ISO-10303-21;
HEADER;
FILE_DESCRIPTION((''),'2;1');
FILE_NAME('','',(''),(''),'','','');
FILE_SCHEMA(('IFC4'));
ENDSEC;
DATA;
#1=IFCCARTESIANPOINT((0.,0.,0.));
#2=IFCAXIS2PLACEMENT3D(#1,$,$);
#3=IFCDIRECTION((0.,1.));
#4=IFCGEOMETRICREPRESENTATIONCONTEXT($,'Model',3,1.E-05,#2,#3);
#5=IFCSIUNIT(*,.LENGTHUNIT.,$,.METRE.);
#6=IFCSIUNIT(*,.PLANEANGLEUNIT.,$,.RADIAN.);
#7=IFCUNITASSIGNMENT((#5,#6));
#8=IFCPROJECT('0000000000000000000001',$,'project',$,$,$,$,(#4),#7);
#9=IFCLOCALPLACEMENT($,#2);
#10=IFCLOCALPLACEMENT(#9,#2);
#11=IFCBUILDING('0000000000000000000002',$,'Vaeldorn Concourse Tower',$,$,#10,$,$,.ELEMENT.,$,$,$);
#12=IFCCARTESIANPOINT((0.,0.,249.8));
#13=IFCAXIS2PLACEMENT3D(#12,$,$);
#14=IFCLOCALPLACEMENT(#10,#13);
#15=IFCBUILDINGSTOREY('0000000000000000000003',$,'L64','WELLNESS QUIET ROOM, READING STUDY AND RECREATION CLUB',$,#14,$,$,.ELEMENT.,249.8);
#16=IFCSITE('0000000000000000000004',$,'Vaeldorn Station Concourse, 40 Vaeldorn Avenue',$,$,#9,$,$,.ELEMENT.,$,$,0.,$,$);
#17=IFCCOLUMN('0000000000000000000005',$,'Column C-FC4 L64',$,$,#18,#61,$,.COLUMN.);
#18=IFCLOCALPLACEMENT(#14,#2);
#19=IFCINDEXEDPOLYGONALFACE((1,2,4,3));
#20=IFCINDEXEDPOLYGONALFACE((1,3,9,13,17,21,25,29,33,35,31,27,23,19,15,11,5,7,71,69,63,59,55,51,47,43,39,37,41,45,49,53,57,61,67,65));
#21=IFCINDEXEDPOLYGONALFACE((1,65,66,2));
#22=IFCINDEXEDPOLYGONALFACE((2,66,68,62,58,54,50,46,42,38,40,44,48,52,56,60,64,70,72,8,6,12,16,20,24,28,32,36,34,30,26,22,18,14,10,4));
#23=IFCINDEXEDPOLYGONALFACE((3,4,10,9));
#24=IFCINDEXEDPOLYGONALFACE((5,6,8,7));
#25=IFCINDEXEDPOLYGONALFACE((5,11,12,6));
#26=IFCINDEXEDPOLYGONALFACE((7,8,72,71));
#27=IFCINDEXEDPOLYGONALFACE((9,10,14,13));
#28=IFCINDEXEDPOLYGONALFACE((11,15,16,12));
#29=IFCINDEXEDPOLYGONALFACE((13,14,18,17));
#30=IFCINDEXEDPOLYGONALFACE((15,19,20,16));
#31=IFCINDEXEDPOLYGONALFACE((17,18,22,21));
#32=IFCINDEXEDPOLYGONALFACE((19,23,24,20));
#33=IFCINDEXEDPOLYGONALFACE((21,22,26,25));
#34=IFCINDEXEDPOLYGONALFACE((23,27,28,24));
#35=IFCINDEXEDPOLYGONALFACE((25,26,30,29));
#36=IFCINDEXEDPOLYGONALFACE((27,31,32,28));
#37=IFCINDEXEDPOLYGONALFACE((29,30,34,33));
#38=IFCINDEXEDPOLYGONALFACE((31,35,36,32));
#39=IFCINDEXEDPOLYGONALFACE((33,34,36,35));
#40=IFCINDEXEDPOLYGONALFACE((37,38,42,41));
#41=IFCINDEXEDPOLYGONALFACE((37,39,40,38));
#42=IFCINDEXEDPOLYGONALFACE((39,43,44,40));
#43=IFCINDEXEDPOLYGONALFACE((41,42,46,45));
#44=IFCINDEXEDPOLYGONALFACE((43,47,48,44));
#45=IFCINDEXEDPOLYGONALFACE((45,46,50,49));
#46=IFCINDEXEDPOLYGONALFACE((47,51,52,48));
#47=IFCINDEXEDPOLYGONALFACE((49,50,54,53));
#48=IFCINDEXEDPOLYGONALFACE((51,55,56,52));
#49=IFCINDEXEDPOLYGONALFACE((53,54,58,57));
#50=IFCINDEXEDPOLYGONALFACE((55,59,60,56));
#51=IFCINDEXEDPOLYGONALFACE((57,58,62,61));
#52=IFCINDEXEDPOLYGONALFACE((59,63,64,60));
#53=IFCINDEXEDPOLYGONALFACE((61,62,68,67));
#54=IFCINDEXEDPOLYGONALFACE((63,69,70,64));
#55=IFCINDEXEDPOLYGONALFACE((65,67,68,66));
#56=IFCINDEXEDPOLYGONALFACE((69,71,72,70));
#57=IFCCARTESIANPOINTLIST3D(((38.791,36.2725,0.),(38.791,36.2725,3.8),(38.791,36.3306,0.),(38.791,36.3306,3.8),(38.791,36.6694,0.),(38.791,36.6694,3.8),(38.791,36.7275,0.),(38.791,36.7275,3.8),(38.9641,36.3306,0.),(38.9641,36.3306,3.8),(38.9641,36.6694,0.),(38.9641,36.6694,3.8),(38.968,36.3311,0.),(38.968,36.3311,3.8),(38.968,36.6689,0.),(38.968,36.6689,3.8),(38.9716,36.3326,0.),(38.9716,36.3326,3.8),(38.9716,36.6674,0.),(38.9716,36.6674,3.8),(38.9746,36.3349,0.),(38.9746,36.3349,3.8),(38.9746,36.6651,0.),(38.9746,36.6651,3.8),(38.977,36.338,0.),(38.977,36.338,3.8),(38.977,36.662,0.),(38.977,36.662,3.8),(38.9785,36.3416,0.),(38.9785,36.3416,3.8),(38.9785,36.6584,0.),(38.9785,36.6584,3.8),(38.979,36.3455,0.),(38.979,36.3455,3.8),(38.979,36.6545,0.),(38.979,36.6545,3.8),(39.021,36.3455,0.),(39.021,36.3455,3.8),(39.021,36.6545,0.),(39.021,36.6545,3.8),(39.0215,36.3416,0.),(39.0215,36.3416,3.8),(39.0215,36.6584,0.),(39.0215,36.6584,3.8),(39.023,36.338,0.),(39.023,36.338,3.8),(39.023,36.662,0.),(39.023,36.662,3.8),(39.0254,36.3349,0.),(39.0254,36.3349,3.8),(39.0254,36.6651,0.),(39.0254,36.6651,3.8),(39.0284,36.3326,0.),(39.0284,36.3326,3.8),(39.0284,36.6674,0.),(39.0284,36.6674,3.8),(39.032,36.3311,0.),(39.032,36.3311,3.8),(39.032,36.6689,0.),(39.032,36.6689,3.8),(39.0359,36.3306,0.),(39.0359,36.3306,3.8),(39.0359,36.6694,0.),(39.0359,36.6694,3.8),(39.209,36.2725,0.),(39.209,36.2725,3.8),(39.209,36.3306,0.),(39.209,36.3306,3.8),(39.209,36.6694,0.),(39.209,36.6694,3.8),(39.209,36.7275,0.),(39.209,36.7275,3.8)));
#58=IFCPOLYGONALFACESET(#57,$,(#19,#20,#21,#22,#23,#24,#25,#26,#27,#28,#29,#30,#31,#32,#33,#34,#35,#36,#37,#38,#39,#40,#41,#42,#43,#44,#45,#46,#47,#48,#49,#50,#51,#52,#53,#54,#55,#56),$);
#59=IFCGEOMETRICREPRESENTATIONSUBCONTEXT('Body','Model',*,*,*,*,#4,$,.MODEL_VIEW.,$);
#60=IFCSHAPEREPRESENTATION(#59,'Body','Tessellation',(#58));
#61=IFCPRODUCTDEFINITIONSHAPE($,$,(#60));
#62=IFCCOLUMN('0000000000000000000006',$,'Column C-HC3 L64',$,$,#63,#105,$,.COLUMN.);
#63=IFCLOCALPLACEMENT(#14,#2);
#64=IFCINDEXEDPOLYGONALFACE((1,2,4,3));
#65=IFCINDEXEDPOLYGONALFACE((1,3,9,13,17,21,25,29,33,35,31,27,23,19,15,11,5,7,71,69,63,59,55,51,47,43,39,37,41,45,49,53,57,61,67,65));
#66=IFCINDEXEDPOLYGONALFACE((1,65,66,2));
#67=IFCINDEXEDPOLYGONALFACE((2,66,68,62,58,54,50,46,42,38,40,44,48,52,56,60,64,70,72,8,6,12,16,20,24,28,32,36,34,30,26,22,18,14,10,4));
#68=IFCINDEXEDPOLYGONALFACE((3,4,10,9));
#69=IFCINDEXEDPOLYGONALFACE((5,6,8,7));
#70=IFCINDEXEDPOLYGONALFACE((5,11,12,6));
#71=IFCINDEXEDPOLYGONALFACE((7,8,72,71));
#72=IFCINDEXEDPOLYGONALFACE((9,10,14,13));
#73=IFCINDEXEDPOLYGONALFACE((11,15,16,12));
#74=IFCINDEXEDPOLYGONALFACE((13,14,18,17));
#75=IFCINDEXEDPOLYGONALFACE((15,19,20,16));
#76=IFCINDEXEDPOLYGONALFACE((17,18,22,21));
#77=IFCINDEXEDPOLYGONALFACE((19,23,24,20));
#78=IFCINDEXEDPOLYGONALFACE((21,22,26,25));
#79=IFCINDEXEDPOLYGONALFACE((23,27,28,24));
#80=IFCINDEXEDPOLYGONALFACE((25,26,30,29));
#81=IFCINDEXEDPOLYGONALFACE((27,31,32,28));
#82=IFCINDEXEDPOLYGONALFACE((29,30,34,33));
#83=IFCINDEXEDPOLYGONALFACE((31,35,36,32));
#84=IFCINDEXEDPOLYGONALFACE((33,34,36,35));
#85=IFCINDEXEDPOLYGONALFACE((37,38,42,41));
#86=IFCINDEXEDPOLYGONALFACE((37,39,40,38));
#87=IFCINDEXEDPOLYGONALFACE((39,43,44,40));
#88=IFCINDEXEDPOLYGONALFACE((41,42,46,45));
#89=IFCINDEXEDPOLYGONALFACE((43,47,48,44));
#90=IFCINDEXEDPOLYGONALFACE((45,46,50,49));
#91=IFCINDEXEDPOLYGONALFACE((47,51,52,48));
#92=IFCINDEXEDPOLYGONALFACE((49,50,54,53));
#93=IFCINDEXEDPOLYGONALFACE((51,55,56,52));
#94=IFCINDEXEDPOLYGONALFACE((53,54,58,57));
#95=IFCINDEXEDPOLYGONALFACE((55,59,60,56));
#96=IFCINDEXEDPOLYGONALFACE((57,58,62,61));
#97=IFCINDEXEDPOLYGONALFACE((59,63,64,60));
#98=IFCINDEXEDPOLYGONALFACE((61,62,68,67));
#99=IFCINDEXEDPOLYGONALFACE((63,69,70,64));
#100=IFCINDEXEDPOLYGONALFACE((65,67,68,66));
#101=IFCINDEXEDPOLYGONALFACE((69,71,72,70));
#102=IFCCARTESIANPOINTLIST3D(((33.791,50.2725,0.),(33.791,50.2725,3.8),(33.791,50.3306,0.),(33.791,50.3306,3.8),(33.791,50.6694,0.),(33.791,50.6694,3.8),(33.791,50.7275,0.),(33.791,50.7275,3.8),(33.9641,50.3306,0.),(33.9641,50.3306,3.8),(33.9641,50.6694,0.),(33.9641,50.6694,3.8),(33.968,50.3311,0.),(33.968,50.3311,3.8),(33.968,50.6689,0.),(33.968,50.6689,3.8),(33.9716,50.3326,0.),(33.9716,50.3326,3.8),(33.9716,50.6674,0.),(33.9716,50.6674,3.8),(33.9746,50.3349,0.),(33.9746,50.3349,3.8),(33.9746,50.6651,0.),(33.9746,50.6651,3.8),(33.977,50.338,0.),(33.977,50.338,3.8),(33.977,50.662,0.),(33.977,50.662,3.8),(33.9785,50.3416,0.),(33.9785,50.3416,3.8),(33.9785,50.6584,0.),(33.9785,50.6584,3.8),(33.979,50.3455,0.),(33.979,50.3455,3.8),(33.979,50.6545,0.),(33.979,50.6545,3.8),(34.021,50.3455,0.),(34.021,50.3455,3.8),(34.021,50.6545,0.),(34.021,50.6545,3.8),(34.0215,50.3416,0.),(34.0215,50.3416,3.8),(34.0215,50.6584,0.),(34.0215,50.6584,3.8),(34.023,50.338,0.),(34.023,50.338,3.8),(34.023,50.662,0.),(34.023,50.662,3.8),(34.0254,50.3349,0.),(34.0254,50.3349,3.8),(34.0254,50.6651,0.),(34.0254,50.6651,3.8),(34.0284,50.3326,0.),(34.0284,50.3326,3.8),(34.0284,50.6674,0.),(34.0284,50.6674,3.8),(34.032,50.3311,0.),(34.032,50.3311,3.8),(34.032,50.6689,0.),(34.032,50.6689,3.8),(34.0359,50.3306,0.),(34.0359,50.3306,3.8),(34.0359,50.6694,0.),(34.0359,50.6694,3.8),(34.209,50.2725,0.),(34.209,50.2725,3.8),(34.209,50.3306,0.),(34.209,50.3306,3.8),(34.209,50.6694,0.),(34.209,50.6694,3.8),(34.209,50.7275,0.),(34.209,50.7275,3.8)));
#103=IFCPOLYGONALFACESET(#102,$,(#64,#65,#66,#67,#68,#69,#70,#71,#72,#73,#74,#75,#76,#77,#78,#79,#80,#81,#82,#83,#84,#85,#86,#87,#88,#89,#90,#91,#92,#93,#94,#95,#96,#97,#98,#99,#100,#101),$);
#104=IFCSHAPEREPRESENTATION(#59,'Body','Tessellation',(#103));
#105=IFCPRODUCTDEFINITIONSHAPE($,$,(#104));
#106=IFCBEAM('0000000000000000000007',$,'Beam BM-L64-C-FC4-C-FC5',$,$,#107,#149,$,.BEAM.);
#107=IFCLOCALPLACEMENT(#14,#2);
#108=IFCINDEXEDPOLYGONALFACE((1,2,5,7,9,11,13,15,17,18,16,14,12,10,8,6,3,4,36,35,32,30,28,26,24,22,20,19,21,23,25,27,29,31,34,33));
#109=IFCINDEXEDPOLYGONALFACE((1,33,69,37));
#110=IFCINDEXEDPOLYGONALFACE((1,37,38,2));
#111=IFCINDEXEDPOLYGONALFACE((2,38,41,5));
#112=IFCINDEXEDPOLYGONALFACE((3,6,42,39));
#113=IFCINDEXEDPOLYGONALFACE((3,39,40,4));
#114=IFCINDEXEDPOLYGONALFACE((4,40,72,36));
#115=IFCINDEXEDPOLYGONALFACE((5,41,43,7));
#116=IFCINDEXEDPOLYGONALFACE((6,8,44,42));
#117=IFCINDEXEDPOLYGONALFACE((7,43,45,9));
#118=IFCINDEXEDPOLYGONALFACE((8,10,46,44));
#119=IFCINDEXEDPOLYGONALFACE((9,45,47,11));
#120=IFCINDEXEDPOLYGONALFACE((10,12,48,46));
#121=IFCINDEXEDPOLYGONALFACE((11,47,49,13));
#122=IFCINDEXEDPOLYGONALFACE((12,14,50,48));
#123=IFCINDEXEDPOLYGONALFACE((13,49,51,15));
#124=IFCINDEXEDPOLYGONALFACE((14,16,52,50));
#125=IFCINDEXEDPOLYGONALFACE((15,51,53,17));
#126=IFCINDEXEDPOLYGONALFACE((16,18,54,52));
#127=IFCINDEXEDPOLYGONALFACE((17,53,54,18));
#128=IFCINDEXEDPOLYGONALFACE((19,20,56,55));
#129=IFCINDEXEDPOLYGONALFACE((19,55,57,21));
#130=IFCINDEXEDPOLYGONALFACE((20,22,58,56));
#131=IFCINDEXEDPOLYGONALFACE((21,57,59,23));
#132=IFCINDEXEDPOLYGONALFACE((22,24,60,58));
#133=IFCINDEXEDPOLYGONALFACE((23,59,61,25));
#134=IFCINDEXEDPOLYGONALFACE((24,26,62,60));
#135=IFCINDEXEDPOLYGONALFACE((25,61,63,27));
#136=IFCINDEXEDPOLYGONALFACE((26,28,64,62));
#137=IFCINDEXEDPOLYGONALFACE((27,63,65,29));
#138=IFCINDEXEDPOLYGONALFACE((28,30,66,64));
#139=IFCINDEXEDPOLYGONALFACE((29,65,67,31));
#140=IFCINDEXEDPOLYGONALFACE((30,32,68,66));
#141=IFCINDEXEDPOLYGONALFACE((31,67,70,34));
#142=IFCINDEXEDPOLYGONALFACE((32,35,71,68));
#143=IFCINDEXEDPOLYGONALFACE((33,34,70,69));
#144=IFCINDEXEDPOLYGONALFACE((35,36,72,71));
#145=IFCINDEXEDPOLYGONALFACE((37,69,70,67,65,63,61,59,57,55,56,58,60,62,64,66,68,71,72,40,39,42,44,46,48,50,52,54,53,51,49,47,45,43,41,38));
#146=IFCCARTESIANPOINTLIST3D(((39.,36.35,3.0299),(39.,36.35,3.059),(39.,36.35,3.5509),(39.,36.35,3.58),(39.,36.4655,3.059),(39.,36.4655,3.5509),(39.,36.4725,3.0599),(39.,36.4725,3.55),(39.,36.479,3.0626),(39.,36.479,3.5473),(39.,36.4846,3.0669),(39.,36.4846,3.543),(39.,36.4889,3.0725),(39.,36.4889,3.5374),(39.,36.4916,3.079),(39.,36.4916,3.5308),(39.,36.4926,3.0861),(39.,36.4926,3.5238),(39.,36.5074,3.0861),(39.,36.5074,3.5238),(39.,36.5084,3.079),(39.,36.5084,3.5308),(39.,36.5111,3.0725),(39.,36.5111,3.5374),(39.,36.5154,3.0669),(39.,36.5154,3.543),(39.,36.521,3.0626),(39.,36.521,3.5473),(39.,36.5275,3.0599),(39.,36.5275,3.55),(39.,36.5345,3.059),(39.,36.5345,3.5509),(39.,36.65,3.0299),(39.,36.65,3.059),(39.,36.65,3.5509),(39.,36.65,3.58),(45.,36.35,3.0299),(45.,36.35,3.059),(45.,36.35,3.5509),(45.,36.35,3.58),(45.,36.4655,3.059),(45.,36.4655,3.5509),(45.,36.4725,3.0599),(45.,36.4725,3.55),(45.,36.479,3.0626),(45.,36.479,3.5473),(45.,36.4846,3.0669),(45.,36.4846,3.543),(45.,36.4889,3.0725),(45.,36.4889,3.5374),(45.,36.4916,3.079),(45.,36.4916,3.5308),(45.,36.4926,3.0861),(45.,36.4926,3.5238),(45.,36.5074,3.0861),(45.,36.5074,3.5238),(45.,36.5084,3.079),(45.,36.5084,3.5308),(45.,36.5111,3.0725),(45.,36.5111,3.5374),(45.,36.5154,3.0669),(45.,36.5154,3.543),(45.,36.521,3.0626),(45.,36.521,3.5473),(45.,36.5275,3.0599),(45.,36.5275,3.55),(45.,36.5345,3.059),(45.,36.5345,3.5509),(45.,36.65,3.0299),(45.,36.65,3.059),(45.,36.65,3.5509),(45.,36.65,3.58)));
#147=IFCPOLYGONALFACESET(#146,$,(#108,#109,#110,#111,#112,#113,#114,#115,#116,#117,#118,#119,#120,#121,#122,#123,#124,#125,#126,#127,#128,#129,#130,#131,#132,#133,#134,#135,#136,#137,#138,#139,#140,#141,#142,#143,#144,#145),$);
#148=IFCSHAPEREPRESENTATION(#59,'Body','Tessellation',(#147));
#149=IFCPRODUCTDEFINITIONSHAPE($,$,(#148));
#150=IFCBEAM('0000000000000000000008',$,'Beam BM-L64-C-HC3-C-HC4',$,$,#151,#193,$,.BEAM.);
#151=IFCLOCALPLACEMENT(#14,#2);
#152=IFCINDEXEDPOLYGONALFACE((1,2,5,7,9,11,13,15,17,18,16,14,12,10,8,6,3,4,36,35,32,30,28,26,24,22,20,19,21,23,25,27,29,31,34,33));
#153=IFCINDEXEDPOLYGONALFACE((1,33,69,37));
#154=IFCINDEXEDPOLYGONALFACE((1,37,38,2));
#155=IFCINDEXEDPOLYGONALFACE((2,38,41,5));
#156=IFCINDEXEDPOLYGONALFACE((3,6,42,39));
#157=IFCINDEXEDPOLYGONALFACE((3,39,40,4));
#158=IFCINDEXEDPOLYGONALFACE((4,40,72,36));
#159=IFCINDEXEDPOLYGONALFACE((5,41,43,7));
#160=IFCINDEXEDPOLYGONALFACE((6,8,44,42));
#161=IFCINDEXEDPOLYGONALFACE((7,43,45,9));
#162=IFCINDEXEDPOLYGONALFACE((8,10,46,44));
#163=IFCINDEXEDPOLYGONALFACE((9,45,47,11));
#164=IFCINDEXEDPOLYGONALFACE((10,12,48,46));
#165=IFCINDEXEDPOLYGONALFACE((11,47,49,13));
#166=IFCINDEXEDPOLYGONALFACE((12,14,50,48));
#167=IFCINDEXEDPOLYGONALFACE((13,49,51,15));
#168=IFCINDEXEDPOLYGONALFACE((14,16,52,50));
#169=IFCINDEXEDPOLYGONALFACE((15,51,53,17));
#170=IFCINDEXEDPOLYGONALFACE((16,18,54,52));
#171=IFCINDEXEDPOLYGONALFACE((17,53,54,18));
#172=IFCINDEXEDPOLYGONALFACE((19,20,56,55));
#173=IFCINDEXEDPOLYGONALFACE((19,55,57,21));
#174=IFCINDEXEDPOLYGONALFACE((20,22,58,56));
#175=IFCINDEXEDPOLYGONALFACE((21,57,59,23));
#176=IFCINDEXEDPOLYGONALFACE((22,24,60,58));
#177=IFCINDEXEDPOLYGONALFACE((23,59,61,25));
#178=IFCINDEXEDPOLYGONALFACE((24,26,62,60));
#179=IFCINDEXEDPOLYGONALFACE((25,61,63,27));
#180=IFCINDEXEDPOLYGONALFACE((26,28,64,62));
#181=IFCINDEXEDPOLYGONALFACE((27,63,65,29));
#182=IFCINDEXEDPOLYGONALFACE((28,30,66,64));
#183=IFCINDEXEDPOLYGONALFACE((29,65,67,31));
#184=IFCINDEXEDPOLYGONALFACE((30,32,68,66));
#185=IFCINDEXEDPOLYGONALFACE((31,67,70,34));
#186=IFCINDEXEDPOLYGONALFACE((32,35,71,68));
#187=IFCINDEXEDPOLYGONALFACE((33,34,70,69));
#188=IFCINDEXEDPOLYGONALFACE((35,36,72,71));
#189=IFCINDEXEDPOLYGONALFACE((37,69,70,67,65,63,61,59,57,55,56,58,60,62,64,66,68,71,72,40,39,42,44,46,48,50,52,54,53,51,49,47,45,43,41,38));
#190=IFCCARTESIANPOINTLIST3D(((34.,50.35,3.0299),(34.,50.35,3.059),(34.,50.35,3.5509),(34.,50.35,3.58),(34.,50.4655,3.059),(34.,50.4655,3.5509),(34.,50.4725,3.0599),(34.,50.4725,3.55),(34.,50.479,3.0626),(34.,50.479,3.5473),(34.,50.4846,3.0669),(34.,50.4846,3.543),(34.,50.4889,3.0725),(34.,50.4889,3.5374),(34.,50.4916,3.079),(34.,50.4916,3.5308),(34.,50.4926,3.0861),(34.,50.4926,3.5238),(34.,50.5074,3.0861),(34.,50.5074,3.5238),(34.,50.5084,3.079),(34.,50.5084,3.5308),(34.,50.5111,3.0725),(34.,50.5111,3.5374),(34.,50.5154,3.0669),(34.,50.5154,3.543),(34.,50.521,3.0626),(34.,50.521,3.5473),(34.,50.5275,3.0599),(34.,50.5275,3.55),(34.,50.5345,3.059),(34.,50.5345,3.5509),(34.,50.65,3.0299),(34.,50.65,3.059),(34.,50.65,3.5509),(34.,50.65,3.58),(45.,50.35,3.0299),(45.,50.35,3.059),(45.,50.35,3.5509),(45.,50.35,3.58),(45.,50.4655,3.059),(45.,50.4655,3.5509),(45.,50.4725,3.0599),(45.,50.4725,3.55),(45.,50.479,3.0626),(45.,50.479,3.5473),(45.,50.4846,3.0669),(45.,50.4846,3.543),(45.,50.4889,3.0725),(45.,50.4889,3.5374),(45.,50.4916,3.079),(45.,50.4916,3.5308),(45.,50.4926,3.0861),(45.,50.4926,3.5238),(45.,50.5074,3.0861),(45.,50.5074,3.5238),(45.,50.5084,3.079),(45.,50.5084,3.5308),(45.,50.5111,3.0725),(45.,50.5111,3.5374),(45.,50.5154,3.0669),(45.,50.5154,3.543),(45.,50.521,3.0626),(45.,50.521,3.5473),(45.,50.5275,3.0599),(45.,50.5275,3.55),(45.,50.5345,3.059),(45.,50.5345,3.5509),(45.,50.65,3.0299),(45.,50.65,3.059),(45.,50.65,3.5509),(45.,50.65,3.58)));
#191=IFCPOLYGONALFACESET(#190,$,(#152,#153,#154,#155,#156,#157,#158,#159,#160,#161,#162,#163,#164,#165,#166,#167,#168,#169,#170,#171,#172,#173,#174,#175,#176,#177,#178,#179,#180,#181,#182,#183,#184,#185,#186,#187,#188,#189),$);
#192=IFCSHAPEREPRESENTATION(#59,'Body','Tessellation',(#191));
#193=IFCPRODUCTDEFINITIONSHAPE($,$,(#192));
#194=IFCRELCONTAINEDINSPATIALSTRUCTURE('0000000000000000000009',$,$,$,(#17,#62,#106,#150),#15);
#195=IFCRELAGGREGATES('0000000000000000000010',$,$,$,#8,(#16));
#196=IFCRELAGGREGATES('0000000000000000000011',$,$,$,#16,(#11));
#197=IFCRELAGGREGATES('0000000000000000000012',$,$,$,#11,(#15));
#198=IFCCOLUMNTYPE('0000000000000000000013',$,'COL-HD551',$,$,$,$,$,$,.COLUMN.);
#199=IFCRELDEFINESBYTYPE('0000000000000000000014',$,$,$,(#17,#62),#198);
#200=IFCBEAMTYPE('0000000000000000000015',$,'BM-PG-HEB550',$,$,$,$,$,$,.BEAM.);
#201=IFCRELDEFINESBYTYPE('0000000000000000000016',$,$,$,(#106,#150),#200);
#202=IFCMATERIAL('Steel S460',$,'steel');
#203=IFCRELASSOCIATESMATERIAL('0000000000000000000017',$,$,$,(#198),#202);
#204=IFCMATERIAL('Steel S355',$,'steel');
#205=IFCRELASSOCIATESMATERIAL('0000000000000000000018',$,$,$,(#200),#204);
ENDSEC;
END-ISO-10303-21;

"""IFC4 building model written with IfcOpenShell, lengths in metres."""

from ifc_helpers import new_model, si_unit, direction, frame, origin, origin_2d, place, context, subcontext, project, spatial, i_section, extrude, source, transform, mapped, material, material_profile, profile_set, type_object, element, save


model = new_model("IFC4")

# Units and contexts
model_context = context("Model", 3, precision=1e-05, world=origin(), true_north=direction((0.0, 1.0)))
body_context = subcontext(model_context, "Body", "Model", "MODEL_VIEW")
ifc_project = project(units=[si_unit("LENGTHUNIT", "METRE"), si_unit("PLANEANGLEUNIT", "RADIAN")], contexts=[model_context])

# Site, building, storey
site_placement = place(None, origin())
site = spatial("IfcSite", under=ifc_project, at=site_placement, Name="Vaeldorn Station Concourse, 40 Vaeldorn Avenue", CompositionType="ELEMENT", RefElevation=0.0)
building_placement = place(site_placement, origin())
building = spatial("IfcBuilding", under=site, at=building_placement, Name="Vaeldorn Concourse Tower", CompositionType="ELEMENT")
storey_placement = place(building_placement, frame((0.0, 0.0, 249.8)))
storey = spatial("IfcBuildingStorey", under=building, at=storey_placement, Name="L64", Description="WELLNESS QUIET ROOM, READING STUDY AND RECREATION CLUB", CompositionType="ELEMENT", Elevation=249.8)

# Columns
ifc_material_1 = material(Name="Steel S460", Category="steel")
ifc_material_profile_1 = material_profile(ifc_material_1, i_section(OverallWidth=0.418, OverallDepth=0.4551, WebThickness=0.042, FlangeThickness=0.0581, FilletRadius=0.0149, at=origin_2d()), Name="HD 400x551")
ifc_profile_set_1 = profile_set([ifc_material_profile_1], Name="Steel S460")
column_type = type_object("IfcColumnType", Name="COL-HD551", PredefinedType="COLUMN", material=ifc_profile_set_1)
shared_shape_1 = source(origin(), body_context, "Body", "SweptSolid", [
    extrude(i_section(OverallWidth=0.418, OverallDepth=0.4551, WebThickness=0.042, FlangeThickness=0.0581, FilletRadius=0.0149, at=origin_2d()), origin(), (0.0, 0.0, 1.0), 3.8),
])
for number, where, z_axis, x_axis, name in (
    (1, (39.0, 36.5, 0.0), (0.0, 0.0, 1.0), (1.0, 0.0, 0.0), "Column C-FC4 L64"),
    (2, (34.0, 50.5, 0.0), (0.0, 0.0, 1.0), (1.0, 0.0, 0.0), "Column C-HC3 L64"),
):
    element("IfcColumn", number, at=place(storey_placement, frame(where, z_axis=z_axis, x_axis=x_axis)), inside=storey, type_object=column_type, Name=name, PredefinedType="COLUMN", context=body_context, shape_type="MappedRepresentation", body=[
        mapped(shared_shape_1, transform((0.0, 0.0, 0.0), scale=1.0)),
    ])

# Beams
ifc_material_2 = material(Name="Steel S355", Category="steel")
ifc_material_profile_2 = material_profile(ifc_material_2, i_section(OverallWidth=0.3, OverallDepth=0.55, WebThickness=0.0149, FlangeThickness=0.0291, FilletRadius=0.0271, at=origin_2d()), Name="HEB 550")
ifc_profile_set_2 = profile_set([ifc_material_profile_2], Name="Steel S355")
beam_type = type_object("IfcBeamType", Name="BM-PG-HEB550", PredefinedType="BEAM", material=ifc_profile_set_2)
shared_shape_2 = source(origin(), body_context, "Body", "SweptSolid", [
    extrude(i_section(OverallWidth=0.3, OverallDepth=0.55, WebThickness=0.0149, FlangeThickness=0.0291, FilletRadius=0.0271, at=origin_2d()), origin(), (0.0, 0.0, 1.0), 6.0),
])
beam_1_placement = place(storey_placement, frame((39.0, 36.5, 3.3049), z_axis=(1.0, 0.0, 0.0), x_axis=(0.0, 1.0, 0.0)))
element("IfcBeam", 3, at=beam_1_placement, inside=storey, type_object=beam_type, Name="Beam BM-L64-C-FC4-C-FC5", PredefinedType="BEAM", context=body_context, shape_type="MappedRepresentation", body=[
    mapped(shared_shape_2, transform((0.0, 0.0, 0.0), scale=1.0)),
])
shared_shape_3 = source(origin(), body_context, "Body", "SweptSolid", [
    extrude(i_section(OverallWidth=0.3, OverallDepth=0.55, WebThickness=0.0149, FlangeThickness=0.0291, FilletRadius=0.0271, at=origin_2d()), origin(), (0.0, 0.0, 1.0), 11.0),
])
beam_2_placement = place(storey_placement, frame((34.0, 50.5, 3.3049), z_axis=(1.0, 0.0, 0.0), x_axis=(0.0, 1.0, 0.0)))
element("IfcBeam", 4, at=beam_2_placement, inside=storey, type_object=beam_type, Name="Beam BM-L64-C-HC3-C-HC4", PredefinedType="BEAM", context=body_context, shape_type="MappedRepresentation", body=[
    mapped(shared_shape_3, transform((0.0, 0.0, 0.0), scale=1.0)),
])

save(model, "model.ifc")
